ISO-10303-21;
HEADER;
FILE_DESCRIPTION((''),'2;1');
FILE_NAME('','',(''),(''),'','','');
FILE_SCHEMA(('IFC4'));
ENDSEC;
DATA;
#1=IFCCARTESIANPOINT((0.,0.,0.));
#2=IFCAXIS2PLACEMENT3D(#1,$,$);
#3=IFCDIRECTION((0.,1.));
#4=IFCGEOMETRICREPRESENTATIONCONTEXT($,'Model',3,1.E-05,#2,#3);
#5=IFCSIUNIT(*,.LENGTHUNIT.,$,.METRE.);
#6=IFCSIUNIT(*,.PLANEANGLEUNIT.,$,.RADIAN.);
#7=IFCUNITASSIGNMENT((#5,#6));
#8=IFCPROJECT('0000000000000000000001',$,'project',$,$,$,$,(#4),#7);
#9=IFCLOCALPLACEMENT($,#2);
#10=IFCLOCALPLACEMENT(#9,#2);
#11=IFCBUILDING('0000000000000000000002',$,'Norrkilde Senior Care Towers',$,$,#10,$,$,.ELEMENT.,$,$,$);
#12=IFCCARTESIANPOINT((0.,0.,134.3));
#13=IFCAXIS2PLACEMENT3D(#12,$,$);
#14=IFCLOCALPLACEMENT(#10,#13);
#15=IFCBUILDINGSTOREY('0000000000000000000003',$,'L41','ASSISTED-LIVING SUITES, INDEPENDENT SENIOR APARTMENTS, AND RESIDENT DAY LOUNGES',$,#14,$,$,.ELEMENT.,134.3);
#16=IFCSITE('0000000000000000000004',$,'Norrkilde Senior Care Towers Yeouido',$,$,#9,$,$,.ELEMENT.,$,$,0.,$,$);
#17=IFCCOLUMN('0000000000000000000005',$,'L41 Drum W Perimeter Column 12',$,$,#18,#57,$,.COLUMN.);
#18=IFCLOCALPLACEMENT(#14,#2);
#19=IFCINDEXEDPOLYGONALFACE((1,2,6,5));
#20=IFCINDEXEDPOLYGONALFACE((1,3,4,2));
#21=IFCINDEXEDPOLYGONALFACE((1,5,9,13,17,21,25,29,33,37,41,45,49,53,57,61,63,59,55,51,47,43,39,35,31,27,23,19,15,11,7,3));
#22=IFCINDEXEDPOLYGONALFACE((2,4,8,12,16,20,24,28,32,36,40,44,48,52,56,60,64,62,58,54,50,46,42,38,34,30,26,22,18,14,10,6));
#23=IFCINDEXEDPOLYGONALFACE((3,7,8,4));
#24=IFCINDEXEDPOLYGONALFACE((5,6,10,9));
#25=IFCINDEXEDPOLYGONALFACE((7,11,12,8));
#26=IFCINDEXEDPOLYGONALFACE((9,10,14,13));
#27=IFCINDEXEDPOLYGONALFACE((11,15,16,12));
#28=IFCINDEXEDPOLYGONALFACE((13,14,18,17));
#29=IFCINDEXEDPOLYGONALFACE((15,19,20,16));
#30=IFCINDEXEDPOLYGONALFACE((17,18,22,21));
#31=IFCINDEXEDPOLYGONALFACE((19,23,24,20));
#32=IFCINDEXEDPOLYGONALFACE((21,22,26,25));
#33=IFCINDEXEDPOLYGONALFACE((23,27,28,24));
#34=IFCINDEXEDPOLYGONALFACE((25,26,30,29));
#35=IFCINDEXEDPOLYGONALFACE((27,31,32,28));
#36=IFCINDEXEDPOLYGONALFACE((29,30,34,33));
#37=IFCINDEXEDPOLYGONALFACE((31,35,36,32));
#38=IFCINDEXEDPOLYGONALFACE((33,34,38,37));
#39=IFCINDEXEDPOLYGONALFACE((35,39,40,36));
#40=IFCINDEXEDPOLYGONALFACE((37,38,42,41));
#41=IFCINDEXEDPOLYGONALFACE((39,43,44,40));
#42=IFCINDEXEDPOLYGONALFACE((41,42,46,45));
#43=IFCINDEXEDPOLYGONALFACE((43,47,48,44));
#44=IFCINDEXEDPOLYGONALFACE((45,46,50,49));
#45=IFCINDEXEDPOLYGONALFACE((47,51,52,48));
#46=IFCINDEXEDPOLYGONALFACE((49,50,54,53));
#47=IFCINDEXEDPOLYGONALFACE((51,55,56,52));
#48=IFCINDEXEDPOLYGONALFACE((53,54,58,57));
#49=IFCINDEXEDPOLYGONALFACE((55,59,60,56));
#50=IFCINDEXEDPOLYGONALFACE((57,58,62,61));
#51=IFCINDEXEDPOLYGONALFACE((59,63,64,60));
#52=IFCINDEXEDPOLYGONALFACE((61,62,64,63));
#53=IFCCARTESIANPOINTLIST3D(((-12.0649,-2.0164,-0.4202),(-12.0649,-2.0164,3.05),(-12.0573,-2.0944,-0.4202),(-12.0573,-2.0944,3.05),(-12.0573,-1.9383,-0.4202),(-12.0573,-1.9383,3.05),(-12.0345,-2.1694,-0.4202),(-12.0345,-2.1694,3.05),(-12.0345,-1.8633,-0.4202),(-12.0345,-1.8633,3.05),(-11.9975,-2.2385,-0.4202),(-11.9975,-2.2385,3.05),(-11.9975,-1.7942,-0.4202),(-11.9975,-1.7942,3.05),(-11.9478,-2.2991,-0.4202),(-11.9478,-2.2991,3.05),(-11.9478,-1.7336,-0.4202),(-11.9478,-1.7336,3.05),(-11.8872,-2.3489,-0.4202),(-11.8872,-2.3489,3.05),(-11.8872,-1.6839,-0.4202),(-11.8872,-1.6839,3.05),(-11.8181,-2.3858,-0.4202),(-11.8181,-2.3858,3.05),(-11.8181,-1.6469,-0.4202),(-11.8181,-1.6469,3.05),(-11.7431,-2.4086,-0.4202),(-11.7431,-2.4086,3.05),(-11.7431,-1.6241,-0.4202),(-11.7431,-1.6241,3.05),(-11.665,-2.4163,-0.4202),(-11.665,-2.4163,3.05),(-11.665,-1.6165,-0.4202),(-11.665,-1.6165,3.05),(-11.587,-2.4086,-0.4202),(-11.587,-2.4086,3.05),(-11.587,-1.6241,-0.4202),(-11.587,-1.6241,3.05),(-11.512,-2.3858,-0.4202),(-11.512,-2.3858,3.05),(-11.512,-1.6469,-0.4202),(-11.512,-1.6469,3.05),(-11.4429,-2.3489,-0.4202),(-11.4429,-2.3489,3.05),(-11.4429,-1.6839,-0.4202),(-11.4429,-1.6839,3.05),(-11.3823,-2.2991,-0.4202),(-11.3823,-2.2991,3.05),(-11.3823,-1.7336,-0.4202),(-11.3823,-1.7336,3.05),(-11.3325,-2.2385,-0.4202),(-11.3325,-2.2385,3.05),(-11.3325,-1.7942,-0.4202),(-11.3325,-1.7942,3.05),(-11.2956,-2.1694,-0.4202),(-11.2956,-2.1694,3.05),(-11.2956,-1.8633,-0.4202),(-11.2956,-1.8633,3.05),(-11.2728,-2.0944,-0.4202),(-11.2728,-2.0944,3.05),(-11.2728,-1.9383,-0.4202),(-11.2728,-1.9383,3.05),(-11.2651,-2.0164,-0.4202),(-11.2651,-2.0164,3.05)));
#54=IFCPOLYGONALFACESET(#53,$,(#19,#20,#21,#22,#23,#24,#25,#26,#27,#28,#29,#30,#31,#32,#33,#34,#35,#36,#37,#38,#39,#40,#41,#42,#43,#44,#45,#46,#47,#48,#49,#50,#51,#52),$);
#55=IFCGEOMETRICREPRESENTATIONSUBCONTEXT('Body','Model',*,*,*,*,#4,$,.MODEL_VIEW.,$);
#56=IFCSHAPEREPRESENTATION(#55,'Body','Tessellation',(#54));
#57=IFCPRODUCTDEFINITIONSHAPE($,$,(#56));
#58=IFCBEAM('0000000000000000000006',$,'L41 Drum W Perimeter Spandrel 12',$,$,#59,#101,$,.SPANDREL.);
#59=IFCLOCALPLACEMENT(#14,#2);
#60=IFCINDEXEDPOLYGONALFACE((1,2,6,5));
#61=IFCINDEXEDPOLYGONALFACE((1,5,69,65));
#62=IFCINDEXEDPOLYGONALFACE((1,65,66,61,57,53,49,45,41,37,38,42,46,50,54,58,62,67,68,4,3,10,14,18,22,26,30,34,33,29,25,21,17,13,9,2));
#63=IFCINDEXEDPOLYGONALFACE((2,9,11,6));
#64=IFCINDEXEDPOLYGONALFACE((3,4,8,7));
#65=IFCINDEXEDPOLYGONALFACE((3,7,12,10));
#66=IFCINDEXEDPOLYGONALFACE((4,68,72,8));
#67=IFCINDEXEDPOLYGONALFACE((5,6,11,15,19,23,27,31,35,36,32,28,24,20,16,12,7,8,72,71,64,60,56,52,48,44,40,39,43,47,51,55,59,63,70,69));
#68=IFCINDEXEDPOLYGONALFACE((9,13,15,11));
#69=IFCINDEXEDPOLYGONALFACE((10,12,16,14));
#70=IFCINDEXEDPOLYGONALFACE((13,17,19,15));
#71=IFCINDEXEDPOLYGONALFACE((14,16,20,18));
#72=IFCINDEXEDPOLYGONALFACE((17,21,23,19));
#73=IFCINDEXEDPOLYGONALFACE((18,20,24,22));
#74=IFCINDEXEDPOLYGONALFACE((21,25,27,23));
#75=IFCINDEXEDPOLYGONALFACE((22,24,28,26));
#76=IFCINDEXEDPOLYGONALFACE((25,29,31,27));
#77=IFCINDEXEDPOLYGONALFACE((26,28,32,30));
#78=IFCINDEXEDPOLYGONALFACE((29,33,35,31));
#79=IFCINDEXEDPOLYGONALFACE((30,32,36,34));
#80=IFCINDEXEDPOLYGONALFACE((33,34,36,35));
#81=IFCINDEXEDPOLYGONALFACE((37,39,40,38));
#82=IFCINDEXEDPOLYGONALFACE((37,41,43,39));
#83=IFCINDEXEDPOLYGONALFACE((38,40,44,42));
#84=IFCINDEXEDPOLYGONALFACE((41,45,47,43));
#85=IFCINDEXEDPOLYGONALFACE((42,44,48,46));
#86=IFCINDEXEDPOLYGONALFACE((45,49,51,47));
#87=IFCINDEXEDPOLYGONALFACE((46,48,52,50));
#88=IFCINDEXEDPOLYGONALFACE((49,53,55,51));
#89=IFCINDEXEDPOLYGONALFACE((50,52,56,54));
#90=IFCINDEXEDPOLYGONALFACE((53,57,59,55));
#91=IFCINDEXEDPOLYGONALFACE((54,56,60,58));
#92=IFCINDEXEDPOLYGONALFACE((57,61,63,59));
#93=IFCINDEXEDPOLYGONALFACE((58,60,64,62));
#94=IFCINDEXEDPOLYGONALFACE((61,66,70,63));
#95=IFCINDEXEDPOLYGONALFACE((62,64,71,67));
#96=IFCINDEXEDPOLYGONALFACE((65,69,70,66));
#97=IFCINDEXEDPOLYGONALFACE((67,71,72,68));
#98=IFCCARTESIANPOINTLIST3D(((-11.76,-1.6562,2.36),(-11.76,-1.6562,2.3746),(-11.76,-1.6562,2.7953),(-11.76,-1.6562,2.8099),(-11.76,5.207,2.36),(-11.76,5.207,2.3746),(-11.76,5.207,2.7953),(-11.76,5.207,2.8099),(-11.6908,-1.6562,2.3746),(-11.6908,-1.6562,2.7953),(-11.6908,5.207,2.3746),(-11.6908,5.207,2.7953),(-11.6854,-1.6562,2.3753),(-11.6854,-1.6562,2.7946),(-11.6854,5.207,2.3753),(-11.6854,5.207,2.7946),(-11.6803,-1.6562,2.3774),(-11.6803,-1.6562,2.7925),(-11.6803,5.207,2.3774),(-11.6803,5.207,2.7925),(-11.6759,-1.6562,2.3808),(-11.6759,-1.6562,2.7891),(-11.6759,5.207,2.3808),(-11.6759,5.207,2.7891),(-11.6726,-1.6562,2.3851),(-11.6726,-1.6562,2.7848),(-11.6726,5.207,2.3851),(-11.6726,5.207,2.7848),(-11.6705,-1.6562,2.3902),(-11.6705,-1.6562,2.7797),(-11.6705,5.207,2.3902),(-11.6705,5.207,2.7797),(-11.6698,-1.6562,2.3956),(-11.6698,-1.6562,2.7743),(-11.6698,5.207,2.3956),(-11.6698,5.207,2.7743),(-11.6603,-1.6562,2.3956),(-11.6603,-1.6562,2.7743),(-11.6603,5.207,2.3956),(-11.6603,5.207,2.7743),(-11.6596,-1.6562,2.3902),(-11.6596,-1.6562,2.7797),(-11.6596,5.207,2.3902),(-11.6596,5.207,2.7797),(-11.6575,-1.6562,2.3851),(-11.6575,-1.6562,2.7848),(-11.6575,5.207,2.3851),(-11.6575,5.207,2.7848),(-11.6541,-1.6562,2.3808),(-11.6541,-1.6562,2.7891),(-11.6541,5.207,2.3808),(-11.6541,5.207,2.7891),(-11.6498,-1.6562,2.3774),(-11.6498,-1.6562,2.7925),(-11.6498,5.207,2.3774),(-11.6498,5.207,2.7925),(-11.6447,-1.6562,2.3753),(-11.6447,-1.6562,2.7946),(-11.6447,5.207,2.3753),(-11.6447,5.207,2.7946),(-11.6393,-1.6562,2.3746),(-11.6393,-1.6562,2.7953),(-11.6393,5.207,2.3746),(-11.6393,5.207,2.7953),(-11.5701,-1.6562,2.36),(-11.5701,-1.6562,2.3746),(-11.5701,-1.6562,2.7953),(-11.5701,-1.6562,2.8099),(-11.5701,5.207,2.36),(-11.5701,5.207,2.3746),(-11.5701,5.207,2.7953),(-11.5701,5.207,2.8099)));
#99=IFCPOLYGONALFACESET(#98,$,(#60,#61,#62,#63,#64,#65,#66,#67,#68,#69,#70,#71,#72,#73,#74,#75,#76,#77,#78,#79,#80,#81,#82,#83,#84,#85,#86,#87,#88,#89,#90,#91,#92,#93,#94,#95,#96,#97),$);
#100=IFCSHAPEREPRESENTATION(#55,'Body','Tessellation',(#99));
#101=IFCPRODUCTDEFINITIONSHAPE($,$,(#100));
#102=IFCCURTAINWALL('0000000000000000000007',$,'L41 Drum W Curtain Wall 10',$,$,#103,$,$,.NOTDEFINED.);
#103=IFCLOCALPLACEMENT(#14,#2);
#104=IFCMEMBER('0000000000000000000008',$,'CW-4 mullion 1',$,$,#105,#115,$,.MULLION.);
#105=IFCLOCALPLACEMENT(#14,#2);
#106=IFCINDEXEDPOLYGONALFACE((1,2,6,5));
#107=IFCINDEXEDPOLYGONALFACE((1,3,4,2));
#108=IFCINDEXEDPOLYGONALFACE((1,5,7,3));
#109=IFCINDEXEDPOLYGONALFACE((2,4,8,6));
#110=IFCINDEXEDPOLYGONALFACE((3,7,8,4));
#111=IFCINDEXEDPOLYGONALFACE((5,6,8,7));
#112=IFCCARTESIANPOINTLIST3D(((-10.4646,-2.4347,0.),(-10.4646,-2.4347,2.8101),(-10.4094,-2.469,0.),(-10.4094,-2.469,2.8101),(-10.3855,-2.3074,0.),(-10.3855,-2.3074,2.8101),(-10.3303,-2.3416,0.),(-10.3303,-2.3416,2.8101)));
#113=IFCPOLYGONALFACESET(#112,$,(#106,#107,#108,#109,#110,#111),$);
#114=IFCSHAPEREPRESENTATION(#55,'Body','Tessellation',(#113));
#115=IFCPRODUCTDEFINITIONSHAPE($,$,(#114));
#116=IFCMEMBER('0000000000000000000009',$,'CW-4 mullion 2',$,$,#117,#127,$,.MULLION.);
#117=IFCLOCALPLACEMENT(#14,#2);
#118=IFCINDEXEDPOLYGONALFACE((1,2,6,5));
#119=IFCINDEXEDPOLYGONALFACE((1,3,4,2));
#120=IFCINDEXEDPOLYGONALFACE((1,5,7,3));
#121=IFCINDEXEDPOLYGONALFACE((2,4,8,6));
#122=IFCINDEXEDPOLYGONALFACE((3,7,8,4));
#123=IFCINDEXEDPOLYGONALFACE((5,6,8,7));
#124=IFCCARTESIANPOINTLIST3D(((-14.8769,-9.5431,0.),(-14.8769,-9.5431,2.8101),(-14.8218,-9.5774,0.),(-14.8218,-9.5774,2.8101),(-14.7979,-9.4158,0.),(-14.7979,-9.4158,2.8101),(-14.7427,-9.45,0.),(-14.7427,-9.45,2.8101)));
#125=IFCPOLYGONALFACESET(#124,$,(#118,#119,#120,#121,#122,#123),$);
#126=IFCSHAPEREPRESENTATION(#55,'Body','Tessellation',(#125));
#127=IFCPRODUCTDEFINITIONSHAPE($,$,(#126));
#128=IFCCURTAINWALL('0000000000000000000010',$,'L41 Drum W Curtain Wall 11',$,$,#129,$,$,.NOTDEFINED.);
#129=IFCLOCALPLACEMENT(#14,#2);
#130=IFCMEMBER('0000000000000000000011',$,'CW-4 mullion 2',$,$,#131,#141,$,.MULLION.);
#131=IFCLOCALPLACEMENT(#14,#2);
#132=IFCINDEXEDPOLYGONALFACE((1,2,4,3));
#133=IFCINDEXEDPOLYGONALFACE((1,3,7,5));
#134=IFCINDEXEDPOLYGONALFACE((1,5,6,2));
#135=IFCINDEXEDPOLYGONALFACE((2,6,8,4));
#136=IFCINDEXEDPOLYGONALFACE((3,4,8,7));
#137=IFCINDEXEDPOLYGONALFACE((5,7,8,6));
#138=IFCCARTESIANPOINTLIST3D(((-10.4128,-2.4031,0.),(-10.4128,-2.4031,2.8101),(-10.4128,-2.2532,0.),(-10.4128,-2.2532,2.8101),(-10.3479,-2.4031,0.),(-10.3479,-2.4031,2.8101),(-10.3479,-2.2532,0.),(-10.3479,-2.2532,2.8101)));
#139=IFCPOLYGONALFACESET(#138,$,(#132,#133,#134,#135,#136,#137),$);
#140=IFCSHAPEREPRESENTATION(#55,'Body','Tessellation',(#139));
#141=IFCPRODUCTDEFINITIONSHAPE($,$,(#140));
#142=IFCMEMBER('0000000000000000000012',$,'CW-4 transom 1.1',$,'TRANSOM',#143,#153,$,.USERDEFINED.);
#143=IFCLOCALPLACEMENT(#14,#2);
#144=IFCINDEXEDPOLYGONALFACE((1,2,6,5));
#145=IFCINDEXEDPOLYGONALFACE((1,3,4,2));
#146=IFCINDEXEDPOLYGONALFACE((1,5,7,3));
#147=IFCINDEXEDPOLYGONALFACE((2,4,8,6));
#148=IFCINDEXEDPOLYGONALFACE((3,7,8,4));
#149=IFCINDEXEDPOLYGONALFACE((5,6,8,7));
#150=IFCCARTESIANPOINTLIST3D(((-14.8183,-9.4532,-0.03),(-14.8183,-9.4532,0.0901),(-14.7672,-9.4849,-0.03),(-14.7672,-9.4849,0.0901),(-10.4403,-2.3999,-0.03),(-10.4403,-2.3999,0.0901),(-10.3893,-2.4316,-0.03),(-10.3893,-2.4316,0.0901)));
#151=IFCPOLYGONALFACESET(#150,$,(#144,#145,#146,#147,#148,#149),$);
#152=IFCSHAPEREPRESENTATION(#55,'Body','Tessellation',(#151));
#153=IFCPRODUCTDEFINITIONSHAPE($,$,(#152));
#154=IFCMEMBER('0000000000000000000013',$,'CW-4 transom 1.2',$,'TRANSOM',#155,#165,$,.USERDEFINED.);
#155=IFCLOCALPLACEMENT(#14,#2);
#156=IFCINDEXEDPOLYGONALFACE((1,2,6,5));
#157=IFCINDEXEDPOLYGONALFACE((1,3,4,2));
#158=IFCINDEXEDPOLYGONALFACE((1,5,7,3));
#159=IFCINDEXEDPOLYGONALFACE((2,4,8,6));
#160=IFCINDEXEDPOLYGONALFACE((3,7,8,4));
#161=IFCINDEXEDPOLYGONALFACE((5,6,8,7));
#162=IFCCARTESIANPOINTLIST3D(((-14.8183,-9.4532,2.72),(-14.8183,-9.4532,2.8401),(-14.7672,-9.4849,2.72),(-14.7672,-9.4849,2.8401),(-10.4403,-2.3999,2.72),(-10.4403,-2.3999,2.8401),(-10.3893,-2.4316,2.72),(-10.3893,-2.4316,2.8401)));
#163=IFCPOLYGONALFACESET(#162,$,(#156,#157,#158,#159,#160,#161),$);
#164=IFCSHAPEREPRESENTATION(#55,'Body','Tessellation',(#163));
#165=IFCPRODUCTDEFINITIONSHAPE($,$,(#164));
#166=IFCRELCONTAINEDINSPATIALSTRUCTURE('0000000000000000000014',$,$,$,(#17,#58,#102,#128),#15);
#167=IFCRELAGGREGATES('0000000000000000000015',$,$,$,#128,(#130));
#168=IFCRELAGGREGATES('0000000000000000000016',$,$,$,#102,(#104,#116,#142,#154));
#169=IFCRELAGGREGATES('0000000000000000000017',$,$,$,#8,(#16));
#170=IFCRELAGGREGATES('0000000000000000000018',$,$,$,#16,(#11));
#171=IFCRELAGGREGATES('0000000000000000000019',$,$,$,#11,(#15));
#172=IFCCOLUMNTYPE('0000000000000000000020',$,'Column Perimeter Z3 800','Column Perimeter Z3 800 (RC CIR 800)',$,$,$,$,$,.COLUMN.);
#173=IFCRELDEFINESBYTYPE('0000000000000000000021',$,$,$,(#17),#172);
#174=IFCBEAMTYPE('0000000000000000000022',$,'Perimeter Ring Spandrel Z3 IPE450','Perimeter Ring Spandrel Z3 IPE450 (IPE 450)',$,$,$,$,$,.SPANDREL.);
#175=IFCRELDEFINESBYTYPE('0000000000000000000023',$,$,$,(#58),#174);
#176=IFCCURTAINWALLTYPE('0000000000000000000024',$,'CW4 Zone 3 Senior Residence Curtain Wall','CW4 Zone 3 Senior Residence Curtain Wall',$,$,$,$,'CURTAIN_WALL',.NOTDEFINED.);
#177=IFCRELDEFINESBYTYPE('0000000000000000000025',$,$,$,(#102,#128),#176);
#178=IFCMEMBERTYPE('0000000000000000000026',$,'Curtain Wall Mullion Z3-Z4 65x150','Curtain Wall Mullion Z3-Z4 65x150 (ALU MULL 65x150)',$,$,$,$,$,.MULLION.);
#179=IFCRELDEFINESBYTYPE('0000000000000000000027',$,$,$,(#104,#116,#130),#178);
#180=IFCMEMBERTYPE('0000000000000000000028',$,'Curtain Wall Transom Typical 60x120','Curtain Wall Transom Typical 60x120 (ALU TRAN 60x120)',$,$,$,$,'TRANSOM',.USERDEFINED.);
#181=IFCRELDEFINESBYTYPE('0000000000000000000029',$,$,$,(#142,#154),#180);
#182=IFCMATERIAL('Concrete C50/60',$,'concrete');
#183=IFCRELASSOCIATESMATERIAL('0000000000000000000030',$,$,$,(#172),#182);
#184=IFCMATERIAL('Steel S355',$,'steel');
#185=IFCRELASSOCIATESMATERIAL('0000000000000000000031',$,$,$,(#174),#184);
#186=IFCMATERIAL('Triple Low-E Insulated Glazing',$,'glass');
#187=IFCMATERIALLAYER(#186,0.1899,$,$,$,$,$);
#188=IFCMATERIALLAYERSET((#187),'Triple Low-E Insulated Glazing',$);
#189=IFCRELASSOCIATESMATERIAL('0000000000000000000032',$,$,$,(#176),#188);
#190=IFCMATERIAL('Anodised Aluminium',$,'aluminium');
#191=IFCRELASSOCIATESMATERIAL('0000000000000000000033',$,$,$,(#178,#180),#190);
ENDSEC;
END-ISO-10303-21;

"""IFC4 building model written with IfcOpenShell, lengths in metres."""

from ifc_helpers import new_model, si_unit, direction, frame, origin, origin_2d, place, context, subcontext, project, spatial, rectangle, circle, i_section, extrude, source, transform, mapped, material, layer, layer_set, material_profile, profile_set, type_object, type_shapes, element, aggregate, save


model = new_model("IFC4")

# Units and contexts
model_context = context("Model", 3, precision=1e-05, world=origin(), true_north=direction((0.0, 1.0)))
body_context = subcontext(model_context, "Body", "Model", "MODEL_VIEW")
ifc_project = project(units=[si_unit("LENGTHUNIT", "METRE"), si_unit("PLANEANGLEUNIT", "RADIAN")], contexts=[model_context])

# Site, building, storey
site_placement = place(None, origin())
site = spatial("IfcSite", under=ifc_project, at=site_placement, Name="Norrkilde Senior Care Towers Yeouido", CompositionType="ELEMENT", RefElevation=0.0)
building_placement = place(site_placement, origin())
building = spatial("IfcBuilding", under=site, at=building_placement, Name="Norrkilde Senior Care Towers", CompositionType="ELEMENT")
storey_placement = place(building_placement, frame((0.0, 0.0, 134.3)))
storey = spatial("IfcBuildingStorey", under=building, at=storey_placement, Name="L41", Description="ASSISTED-LIVING SUITES, INDEPENDENT SENIOR APARTMENTS, AND RESIDENT DAY LOUNGES", CompositionType="ELEMENT", Elevation=134.3)

# Column
ifc_material_1 = material(Name="Concrete C50/60", Category="concrete")
ifc_material_profile_1 = material_profile(ifc_material_1, circle(Radius=0.3999, at=origin_2d()), Name="RC CIR 800")
ifc_profile_set_1 = profile_set([ifc_material_profile_1], Name="Concrete C50/60")
column_type = type_object("IfcColumnType", Name="Column Perimeter Z3 800", Description="Column Perimeter Z3 800 (RC CIR 800)", PredefinedType="COLUMN", material=ifc_profile_set_1)
shared_shape_1 = source(origin(), body_context, "Body", "SweptSolid", [
    extrude(circle(Radius=0.3999, at=origin_2d()), origin(), (0.0, 0.0, 1.0), 3.4702),
])
type_shapes(column_type, [shared_shape_1])
column_placement = place(storey_placement, frame((-11.665, -2.0164, -0.4202), z_axis=(0.0, 0.0, 1.0), x_axis=(1.0, 0.0, 0.0)))
element("IfcColumn", 1, at=column_placement, inside=storey, type_object=column_type, Name="L41 Drum W Perimeter Column 12", PredefinedType="COLUMN", context=body_context, shape_type="MappedRepresentation", body=[
    mapped(shared_shape_1, transform((0.0, 0.0, 0.0), x_axis=(1.0, 0.0, 0.0), y_axis=(0.0, 1.0, 0.0), z_axis=(0.0, 0.0, 1.0), scale=1.0)),
])

# Beam
ifc_material_2 = material(Name="Steel S355", Category="steel")
ifc_material_profile_2 = material_profile(ifc_material_2, i_section(OverallWidth=0.1899, OverallDepth=0.45, WebThickness=0.0095, FlangeThickness=0.0146, FilletRadius=0.021, at=origin_2d()), Name="IPE 450")
ifc_profile_set_2 = profile_set([ifc_material_profile_2], Name="Steel S355")
beam_type = type_object("IfcBeamType", Name="Perimeter Ring Spandrel Z3 IPE450", Description="Perimeter Ring Spandrel Z3 IPE450 (IPE 450)", PredefinedType="SPANDREL", material=ifc_profile_set_2)
shared_shape_2 = source(origin(), body_context, "Body", "SweptSolid", [
    extrude(i_section(OverallWidth=0.1899, OverallDepth=0.45, WebThickness=0.0095, FlangeThickness=0.0146, FilletRadius=0.021, at=origin_2d()), origin(), (0.0, 0.0, 1.0), 6.8633),
])
type_shapes(beam_type, [shared_shape_2])
beam_placement = place(storey_placement, frame((-11.665, -1.6562, 2.585), z_axis=(0.0, 1.0, 0.0), x_axis=(-1.0, 0.0, 0.0)))
element("IfcBeam", 2, at=beam_placement, inside=storey, type_object=beam_type, Name="L41 Drum W Perimeter Spandrel 12", PredefinedType="SPANDREL", context=body_context, shape_type="MappedRepresentation", body=[
    mapped(shared_shape_2, transform((0.0, 0.0, 0.0), x_axis=(1.0, 0.0, 0.0), y_axis=(0.0, 1.0, 0.0), z_axis=(0.0, 0.0, 1.0), scale=1.0)),
])

# Curtain wall, members
ifc_material_3 = material(Name="Triple Low-E Insulated Glazing", Category="glass")
ifc_layer_1 = layer(ifc_material_3, 0.1899)
ifc_layer_set_1 = layer_set([ifc_layer_1], Name="Triple Low-E Insulated Glazing")
curtain_wall_type = type_object("IfcCurtainWallType", Name="CW4 Zone 3 Senior Residence Curtain Wall", Description="CW4 Zone 3 Senior Residence Curtain Wall", ElementType="CURTAIN_WALL", PredefinedType="NOTDEFINED", material=ifc_layer_set_1)
curtain_wall_1_placement = place(storey_placement, origin())
curtain_wall_1 = element("IfcCurtainWall", 3, at=curtain_wall_1_placement, inside=storey, type_object=curtain_wall_type, Name="L41 Drum W Curtain Wall 10", PredefinedType="NOTDEFINED")
ifc_material_4 = material(Name="Anodised Aluminium", Category="aluminium")
ifc_material_profile_3 = material_profile(ifc_material_4, rectangle(XDim=0.0649, YDim=0.1499, at=origin_2d()), Name="ALU MULL 65x150")
ifc_profile_set_3 = profile_set([ifc_material_profile_3], Name="Anodised Aluminium")
member_type_1 = type_object("IfcMemberType", Name="Curtain Wall Mullion Z3-Z4 65x150", Description="Curtain Wall Mullion Z3-Z4 65x150 (ALU MULL 65x150)", PredefinedType="MULLION", material=ifc_profile_set_3)
shared_shape_3 = source(origin(), body_context, "Body", "SweptSolid", [
    extrude(rectangle(XDim=0.0649, YDim=0.1499, at=origin_2d()), origin(), (0.0, 0.0, 1.0), 2.8101),
])
type_shapes(member_type_1, [shared_shape_3])
member_1_placement = place(storey_placement, frame((-10.3975, -2.3882, 0.0), z_axis=(0.0, 0.0, 1.0), x_axis=(0.849634, -0.527373, 0.0)))
member_1 = element("IfcMember", 4, at=member_1_placement, type_object=member_type_1, Name="CW-4 mullion 1", PredefinedType="MULLION", context=body_context, shape_type="MappedRepresentation", body=[
    mapped(shared_shape_3, transform((0.0, 0.0, 0.0), x_axis=(1.0, 0.0, 0.0), y_axis=(0.0, 1.0, 0.0), z_axis=(0.0, 0.0, 1.0), scale=1.0)),
])
member_2_placement = place(storey_placement, frame((-14.8098, -9.4966, 0.0), z_axis=(0.0, 0.0, 1.0), x_axis=(0.849634, -0.527373, 0.0)))
member_2 = element("IfcMember", 5, at=member_2_placement, type_object=member_type_1, Name="CW-4 mullion 2", PredefinedType="MULLION", context=body_context, shape_type="MappedRepresentation", body=[
    mapped(shared_shape_3, transform((0.0, 0.0, 0.0), x_axis=(1.0, 0.0, 0.0), y_axis=(0.0, 1.0, 0.0), z_axis=(0.0, 0.0, 1.0), scale=1.0)),
])

# Curtain wall, member
curtain_wall_2_placement = place(storey_placement, origin())
curtain_wall_2 = element("IfcCurtainWall", 6, at=curtain_wall_2_placement, inside=storey, type_object=curtain_wall_type, Name="L41 Drum W Curtain Wall 11", PredefinedType="NOTDEFINED")
member_3_placement = place(storey_placement, frame((-10.3804, -2.3281, 0.0), z_axis=(0.0, 0.0, 1.0), x_axis=(1.0, 0.0, 0.0)))
member_3 = element("IfcMember", 7, at=member_3_placement, type_object=member_type_1, Name="CW-4 mullion 2", PredefinedType="MULLION", context=body_context, shape_type="MappedRepresentation", body=[
    mapped(shared_shape_3, transform((0.0, 0.0, 0.0), x_axis=(1.0, 0.0, 0.0), y_axis=(0.0, 1.0, 0.0), z_axis=(0.0, 0.0, 1.0), scale=1.0)),
])
aggregate(curtain_wall_2, [member_3])

# Members
ifc_material_profile_4 = material_profile(ifc_material_4, rectangle(XDim=0.0601, YDim=0.1201, at=origin_2d()), Name="ALU TRAN 60x120")
ifc_profile_set_4 = profile_set([ifc_material_profile_4], Name="Anodised Aluminium")
member_type_2 = type_object("IfcMemberType", Name="Curtain Wall Transom Typical 60x120", Description="Curtain Wall Transom Typical 60x120 (ALU TRAN 60x120)", ElementType="TRANSOM", PredefinedType="USERDEFINED", material=ifc_profile_set_4)
shared_shape_4 = source(origin(), body_context, "Body", "SweptSolid", [
    extrude(rectangle(XDim=0.0601, YDim=0.1201, at=origin_2d()), origin(), (0.0, 0.0, 1.0), 8.3015),
])
type_shapes(member_type_2, [shared_shape_4])
member_4_placement = place(storey_placement, frame((-10.4148, -2.4158, 0.03), z_axis=(-0.527369, -0.849637, 0.0), x_axis=(0.849637, -0.527369, 0.0)))
member_4 = element("IfcMember", 8, at=member_4_placement, type_object=member_type_2, Name="CW-4 transom 1.1", ObjectType="TRANSOM", PredefinedType="USERDEFINED", context=body_context, shape_type="MappedRepresentation", body=[
    mapped(shared_shape_4, transform((0.0, 0.0, 0.0), x_axis=(1.0, 0.0, 0.0), y_axis=(0.0, 1.0, 0.0), z_axis=(0.0, 0.0, 1.0), scale=1.0)),
])
member_5_placement = place(storey_placement, frame((-10.4148, -2.4158, 2.78), z_axis=(-0.527369, -0.849637, 0.0), x_axis=(0.849637, -0.527369, 0.0)))
member_5 = element("IfcMember", 9, at=member_5_placement, type_object=member_type_2, Name="CW-4 transom 1.2", ObjectType="TRANSOM", PredefinedType="USERDEFINED", context=body_context, shape_type="MappedRepresentation", body=[
    mapped(shared_shape_4, transform((0.0, 0.0, 0.0), x_axis=(1.0, 0.0, 0.0), y_axis=(0.0, 1.0, 0.0), z_axis=(0.0, 0.0, 1.0), scale=1.0)),
])

aggregate(curtain_wall_1, [member_1, member_2, member_4, member_5])

save(model, "model.ifc")
